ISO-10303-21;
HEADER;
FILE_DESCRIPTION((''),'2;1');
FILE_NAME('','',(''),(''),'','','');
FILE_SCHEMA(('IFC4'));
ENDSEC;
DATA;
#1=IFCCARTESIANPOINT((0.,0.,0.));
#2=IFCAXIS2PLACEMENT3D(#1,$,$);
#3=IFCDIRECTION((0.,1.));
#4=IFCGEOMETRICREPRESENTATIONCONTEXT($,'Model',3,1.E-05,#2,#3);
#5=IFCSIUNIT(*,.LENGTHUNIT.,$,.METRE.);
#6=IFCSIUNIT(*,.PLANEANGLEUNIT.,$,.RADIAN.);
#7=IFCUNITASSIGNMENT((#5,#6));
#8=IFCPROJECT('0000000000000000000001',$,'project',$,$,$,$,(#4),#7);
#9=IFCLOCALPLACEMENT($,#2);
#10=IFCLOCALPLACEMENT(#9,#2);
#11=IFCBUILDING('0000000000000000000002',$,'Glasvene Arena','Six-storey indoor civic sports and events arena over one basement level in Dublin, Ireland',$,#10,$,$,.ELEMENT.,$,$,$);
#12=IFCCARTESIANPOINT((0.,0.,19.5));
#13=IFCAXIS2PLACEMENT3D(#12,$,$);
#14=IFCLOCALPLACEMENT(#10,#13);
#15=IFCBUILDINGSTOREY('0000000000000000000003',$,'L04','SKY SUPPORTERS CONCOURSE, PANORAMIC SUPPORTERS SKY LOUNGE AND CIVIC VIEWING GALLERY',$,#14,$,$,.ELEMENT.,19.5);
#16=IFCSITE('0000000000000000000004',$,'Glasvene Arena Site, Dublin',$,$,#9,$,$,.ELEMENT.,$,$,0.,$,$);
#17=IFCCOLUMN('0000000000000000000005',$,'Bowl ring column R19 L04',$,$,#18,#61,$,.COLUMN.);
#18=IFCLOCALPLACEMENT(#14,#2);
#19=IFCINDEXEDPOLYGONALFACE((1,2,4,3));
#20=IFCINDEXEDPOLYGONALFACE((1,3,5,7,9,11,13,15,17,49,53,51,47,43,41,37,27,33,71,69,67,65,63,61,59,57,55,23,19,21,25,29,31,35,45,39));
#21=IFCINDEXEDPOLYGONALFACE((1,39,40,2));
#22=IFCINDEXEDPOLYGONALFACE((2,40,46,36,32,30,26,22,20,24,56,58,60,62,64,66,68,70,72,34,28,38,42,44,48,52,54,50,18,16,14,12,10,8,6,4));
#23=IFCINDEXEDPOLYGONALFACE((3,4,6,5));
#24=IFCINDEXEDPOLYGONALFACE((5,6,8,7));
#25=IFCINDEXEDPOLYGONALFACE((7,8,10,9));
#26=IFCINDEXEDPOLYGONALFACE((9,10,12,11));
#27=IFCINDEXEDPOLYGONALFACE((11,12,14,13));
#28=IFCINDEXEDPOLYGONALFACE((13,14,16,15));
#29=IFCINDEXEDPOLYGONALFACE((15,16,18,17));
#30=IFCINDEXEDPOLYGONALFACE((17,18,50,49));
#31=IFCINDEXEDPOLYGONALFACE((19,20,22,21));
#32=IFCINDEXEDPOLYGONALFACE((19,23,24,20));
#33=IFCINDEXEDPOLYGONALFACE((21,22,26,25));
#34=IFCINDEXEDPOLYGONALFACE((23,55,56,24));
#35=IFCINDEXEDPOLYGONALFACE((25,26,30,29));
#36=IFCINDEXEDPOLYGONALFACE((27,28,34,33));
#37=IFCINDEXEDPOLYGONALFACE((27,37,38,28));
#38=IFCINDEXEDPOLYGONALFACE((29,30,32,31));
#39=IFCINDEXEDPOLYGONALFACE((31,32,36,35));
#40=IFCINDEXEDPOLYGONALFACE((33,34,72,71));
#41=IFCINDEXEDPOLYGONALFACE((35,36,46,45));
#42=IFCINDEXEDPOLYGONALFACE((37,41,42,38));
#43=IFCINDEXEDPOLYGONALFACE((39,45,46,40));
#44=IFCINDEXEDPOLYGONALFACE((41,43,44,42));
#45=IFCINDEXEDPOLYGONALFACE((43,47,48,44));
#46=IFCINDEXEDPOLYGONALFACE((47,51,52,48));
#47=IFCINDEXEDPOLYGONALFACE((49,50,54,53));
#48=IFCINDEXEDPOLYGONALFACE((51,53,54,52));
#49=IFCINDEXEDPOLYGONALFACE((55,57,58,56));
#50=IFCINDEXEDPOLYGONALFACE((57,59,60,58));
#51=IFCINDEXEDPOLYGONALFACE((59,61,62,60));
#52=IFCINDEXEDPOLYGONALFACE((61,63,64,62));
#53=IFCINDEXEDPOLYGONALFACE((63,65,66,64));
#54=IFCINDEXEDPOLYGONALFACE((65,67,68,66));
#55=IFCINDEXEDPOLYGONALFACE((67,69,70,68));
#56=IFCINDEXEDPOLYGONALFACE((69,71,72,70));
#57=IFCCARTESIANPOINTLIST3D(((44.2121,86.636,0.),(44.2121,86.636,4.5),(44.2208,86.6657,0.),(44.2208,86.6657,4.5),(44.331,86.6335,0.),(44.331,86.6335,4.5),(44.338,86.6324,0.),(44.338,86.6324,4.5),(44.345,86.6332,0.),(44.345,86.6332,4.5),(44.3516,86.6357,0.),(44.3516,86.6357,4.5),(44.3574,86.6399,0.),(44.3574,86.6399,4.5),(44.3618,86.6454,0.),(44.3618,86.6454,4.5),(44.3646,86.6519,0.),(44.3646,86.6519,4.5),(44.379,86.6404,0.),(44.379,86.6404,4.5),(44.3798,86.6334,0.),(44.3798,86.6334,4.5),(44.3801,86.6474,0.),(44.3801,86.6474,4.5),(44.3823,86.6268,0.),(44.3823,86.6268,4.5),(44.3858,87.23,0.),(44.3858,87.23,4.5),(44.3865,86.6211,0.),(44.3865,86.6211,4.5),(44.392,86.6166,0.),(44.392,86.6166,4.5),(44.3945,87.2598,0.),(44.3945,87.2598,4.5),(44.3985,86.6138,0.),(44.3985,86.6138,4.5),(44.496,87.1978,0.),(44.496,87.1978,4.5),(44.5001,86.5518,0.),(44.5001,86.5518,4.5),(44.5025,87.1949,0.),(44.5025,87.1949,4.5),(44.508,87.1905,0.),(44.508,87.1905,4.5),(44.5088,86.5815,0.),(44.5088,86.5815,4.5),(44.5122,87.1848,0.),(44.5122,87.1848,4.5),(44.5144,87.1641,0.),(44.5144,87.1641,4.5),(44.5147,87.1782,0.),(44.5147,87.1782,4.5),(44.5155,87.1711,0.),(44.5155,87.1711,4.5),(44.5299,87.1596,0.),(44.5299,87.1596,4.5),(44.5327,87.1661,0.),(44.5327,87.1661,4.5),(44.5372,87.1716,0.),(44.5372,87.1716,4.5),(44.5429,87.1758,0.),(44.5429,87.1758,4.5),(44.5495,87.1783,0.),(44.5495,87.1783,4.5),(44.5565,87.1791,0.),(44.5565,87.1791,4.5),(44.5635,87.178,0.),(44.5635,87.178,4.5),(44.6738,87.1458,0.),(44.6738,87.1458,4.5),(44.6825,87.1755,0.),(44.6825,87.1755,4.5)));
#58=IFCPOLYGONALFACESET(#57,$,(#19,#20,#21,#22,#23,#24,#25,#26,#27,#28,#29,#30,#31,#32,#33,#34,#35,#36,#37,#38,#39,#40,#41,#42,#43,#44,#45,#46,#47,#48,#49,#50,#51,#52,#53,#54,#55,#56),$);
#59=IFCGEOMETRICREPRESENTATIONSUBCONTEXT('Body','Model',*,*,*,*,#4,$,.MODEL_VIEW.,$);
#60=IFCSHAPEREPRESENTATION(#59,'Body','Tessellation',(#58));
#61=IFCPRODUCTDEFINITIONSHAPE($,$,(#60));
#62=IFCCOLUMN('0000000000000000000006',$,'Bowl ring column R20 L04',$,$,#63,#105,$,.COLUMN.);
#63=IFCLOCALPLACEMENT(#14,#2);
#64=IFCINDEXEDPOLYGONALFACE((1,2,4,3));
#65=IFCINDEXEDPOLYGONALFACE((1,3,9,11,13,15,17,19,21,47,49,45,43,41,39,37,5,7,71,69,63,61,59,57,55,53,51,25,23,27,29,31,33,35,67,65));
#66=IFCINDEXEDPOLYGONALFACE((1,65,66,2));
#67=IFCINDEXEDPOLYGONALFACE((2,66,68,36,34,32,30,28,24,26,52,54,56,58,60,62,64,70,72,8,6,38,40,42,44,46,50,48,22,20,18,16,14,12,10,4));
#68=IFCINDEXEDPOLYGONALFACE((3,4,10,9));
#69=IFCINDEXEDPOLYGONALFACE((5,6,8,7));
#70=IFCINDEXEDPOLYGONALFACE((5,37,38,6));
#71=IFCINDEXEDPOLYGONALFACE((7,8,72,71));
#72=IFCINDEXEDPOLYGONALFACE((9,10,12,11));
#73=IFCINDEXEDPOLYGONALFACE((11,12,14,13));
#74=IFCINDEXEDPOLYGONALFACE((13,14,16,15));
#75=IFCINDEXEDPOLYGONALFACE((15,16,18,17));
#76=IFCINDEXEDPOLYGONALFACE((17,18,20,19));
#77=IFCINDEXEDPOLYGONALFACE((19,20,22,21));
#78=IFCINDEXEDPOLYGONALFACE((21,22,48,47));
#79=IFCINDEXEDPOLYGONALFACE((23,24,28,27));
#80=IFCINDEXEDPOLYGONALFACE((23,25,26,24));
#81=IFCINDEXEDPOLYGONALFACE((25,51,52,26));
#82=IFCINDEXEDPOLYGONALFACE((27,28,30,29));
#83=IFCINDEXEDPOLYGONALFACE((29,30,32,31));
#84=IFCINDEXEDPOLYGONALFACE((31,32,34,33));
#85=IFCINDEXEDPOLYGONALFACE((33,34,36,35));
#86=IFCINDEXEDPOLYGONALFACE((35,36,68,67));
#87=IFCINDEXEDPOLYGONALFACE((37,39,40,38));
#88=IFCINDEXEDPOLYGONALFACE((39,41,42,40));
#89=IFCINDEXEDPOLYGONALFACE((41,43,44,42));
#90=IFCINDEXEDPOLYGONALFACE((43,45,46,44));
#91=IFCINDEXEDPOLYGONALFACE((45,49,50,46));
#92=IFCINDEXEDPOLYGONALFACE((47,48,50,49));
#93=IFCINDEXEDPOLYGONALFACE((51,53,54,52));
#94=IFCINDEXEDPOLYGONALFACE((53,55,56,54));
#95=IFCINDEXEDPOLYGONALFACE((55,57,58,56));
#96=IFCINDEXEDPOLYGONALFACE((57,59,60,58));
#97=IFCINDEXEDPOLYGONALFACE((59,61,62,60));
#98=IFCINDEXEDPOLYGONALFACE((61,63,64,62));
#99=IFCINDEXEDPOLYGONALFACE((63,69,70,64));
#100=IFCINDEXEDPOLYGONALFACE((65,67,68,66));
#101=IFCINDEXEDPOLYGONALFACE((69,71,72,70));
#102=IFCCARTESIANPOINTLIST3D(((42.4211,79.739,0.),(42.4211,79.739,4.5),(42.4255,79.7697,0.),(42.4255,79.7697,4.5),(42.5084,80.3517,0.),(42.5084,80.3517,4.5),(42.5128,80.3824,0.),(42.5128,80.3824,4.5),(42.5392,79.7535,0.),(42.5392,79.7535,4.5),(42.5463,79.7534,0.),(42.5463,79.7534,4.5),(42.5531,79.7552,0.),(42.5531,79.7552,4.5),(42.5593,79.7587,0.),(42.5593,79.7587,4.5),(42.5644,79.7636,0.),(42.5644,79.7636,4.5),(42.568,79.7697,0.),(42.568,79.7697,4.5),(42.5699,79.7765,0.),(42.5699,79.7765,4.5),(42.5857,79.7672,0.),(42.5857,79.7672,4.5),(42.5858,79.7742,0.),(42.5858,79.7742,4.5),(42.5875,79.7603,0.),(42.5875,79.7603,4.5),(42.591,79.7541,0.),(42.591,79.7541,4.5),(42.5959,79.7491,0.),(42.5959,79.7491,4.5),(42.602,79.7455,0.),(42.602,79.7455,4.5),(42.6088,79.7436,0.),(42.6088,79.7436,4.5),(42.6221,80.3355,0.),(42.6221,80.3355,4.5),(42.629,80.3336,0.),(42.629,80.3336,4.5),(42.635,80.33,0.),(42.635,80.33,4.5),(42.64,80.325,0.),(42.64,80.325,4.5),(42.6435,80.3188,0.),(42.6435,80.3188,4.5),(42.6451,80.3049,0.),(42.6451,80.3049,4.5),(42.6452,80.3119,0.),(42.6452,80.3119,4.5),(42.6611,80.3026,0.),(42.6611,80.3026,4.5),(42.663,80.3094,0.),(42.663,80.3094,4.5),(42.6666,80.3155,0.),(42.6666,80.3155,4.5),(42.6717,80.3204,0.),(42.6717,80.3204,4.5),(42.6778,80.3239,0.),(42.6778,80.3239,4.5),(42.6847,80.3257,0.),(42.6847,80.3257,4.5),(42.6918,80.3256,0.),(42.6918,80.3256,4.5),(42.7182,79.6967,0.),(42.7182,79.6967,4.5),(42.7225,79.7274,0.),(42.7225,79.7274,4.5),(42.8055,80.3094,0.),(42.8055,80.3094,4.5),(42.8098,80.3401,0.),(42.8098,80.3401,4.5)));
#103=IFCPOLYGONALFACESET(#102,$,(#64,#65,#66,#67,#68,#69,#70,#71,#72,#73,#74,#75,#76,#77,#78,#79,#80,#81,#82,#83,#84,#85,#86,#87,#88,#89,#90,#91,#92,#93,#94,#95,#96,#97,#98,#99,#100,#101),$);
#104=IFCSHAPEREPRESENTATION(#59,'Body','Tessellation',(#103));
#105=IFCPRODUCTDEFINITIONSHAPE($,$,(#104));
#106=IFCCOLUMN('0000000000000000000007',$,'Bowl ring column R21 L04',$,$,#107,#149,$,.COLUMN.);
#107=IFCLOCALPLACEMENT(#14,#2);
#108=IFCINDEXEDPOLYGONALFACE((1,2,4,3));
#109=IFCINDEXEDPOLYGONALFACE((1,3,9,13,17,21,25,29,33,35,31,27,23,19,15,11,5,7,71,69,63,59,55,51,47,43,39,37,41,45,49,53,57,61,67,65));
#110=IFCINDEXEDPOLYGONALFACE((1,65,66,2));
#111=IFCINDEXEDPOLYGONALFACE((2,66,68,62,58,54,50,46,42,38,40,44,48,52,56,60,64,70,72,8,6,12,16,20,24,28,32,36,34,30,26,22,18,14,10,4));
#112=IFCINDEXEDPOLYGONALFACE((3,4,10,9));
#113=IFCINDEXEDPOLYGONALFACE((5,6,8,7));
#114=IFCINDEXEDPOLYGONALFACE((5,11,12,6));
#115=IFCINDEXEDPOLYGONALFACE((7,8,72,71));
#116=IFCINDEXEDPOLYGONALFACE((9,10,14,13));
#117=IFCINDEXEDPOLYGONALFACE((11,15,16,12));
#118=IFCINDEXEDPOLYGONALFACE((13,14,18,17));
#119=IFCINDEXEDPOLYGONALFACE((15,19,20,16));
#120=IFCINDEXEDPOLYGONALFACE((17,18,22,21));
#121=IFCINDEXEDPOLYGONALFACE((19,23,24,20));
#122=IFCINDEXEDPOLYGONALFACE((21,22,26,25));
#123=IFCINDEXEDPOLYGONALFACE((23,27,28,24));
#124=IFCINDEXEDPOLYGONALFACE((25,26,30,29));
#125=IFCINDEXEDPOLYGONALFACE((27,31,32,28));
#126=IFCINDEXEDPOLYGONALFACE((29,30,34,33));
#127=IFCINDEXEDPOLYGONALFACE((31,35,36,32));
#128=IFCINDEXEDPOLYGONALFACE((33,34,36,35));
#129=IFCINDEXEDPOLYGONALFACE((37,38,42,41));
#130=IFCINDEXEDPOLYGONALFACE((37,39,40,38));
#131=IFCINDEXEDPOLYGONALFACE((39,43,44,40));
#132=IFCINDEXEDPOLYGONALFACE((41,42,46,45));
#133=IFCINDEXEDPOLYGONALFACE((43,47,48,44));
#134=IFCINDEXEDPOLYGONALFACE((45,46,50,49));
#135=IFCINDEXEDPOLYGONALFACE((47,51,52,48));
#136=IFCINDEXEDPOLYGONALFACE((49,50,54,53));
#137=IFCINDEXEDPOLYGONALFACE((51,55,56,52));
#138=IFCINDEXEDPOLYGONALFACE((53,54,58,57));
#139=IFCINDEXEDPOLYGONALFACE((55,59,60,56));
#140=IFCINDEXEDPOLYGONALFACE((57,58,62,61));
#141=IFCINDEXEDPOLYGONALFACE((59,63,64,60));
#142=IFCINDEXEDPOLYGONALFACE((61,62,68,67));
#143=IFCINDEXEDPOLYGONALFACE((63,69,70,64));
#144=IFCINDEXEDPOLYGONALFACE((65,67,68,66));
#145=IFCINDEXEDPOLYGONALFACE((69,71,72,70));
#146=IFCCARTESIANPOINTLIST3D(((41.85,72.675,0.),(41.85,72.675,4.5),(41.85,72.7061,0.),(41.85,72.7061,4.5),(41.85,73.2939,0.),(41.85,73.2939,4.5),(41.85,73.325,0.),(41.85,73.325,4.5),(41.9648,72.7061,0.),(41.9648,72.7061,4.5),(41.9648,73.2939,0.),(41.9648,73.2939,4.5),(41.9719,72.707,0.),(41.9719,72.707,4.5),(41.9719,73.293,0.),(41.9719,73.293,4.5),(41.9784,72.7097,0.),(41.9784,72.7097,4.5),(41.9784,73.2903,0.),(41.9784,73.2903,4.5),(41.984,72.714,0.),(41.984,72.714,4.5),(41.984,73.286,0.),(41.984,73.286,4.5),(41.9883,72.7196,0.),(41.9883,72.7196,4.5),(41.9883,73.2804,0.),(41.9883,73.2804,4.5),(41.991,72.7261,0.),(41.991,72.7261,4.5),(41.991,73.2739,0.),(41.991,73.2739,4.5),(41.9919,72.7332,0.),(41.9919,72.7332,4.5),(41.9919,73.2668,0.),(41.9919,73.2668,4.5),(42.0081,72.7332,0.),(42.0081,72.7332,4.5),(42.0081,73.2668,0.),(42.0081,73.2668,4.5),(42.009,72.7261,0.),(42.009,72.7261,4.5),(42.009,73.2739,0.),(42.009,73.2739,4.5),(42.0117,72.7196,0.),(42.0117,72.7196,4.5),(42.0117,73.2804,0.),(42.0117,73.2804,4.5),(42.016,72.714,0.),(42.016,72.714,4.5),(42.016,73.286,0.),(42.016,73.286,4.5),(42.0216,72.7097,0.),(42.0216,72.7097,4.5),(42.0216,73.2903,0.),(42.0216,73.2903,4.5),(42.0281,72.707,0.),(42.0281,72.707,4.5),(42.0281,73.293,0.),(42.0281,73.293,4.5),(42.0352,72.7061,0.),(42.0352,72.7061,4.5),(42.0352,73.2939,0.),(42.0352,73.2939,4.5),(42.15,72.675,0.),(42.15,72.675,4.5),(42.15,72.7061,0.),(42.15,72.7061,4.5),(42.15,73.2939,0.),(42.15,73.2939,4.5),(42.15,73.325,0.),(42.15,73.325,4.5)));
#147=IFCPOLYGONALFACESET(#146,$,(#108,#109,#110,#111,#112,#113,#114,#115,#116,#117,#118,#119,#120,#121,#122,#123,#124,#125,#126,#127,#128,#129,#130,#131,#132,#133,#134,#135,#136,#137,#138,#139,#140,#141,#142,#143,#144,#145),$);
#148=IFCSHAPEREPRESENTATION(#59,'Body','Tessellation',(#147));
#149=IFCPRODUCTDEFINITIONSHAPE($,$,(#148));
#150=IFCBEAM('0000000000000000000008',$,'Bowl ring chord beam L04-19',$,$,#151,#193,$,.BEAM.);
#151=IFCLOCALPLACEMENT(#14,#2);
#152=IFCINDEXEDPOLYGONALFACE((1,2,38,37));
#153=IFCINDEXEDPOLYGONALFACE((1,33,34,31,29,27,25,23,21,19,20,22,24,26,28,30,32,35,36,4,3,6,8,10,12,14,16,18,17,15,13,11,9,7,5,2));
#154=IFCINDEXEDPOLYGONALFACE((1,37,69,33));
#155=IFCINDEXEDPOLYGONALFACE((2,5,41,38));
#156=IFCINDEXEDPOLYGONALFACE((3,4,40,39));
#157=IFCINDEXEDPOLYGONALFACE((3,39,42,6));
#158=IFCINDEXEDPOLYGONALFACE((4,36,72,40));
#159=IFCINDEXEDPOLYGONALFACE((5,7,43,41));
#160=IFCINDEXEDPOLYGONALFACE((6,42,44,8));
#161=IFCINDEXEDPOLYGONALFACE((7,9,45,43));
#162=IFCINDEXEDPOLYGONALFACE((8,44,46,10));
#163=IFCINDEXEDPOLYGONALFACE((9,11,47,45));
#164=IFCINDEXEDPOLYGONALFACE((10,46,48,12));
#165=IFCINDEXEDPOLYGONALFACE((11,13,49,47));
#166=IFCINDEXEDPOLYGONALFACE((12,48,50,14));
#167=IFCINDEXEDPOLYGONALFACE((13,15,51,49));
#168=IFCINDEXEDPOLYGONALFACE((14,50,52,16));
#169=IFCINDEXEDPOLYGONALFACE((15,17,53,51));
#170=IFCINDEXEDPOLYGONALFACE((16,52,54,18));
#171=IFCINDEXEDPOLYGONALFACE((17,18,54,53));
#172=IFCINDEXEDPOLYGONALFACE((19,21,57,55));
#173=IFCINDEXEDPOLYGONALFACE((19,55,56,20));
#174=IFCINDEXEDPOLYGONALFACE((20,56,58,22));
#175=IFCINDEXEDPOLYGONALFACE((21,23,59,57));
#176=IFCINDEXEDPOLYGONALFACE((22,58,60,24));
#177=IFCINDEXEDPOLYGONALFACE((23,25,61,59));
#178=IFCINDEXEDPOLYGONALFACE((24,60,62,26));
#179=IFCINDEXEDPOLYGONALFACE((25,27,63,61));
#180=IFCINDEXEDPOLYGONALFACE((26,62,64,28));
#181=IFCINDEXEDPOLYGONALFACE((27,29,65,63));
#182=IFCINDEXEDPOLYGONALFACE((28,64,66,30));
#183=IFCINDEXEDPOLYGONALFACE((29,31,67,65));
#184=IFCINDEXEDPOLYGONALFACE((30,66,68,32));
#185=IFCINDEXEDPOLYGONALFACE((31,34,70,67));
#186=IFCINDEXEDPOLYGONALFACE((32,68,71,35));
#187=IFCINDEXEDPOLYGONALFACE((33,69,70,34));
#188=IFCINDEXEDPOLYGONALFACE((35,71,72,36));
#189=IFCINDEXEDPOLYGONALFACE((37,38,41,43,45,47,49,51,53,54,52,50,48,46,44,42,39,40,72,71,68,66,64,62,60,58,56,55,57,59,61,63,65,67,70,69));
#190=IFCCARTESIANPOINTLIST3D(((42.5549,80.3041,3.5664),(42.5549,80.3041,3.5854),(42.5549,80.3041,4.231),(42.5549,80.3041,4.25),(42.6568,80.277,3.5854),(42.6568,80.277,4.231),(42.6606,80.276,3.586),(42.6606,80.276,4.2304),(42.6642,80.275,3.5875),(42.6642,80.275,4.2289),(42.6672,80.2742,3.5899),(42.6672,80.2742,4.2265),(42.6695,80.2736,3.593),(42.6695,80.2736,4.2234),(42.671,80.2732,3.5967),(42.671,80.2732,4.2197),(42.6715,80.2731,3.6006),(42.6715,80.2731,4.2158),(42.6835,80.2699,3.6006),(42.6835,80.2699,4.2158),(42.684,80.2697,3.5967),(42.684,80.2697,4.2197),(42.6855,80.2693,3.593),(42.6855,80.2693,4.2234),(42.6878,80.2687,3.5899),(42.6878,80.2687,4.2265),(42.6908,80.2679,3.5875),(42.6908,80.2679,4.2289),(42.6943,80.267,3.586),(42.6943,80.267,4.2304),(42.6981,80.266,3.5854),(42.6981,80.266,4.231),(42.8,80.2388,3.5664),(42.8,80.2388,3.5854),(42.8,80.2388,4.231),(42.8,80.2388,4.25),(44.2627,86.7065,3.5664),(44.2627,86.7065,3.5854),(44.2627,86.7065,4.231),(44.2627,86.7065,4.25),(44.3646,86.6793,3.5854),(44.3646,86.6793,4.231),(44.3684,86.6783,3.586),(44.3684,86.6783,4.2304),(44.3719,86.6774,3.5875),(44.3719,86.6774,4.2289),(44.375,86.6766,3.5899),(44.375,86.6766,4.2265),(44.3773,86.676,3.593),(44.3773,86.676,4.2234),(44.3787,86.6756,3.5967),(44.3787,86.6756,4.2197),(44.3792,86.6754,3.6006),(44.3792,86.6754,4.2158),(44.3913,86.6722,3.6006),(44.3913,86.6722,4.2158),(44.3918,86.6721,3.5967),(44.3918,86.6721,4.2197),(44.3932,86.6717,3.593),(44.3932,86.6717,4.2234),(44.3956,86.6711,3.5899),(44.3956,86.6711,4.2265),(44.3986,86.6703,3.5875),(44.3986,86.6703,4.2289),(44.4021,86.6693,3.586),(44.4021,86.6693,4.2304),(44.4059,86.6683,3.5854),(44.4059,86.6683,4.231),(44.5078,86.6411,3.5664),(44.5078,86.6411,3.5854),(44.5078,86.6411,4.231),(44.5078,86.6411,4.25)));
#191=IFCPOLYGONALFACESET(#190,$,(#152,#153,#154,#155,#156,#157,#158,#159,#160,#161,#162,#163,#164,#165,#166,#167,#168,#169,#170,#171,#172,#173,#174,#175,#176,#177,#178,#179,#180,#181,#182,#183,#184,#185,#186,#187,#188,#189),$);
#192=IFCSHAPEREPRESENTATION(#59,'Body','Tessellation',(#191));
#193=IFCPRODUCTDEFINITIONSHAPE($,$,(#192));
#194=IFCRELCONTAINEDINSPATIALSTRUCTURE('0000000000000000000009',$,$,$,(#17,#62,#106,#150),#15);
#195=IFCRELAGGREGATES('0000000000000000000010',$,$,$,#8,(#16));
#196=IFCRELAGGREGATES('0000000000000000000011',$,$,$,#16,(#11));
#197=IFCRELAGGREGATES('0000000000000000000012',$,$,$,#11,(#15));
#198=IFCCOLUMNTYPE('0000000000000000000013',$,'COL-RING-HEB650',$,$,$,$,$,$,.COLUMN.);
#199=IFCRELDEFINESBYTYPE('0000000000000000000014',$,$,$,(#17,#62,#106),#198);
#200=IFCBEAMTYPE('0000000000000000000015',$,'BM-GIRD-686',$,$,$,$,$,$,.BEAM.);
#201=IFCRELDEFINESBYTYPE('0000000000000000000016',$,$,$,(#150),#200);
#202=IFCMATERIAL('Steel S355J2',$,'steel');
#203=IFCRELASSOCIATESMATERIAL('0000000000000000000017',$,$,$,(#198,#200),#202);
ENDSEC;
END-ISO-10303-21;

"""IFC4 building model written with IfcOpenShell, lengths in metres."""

from ifc_helpers import new_model, si_unit, direction, frame, origin, origin_2d, place, context, subcontext, project, spatial, i_section, extrude, material, material_profile, profile_set, type_object, element, save


model = new_model("IFC4")

# Units and contexts
model_context = context("Model", 3, precision=1e-05, world=origin(), true_north=direction((0.0, 1.0)))
body_context = subcontext(model_context, "Body", "Model", "MODEL_VIEW")
ifc_project = project(units=[si_unit("LENGTHUNIT", "METRE"), si_unit("PLANEANGLEUNIT", "RADIAN")], contexts=[model_context])

# Site, building, storey
site_placement = place(None, origin())
site = spatial("IfcSite", under=ifc_project, at=site_placement, Name="Glasvene Arena Site, Dublin", CompositionType="ELEMENT", RefElevation=0.0)
building_placement = place(site_placement, origin())
building = spatial("IfcBuilding", under=site, at=building_placement, Name="Glasvene Arena", Description="Six-storey indoor civic sports and events arena over one basement level in Dublin, Ireland", CompositionType="ELEMENT")
storey_placement = place(building_placement, frame((0.0, 0.0, 19.5)))
storey = spatial("IfcBuildingStorey", under=building, at=storey_placement, Name="L04", Description="SKY SUPPORTERS CONCOURSE, PANORAMIC SUPPORTERS SKY LOUNGE AND CIVIC VIEWING GALLERY", CompositionType="ELEMENT", Elevation=19.5)

# Columns
ifc_material_1 = material(Name="Steel S355J2", Category="steel")
ifc_material_profile_1 = material_profile(ifc_material_1, i_section(OverallWidth=0.3, OverallDepth=0.6499, WebThickness=0.0161, FlangeThickness=0.031, FilletRadius=0.0271, at=origin_2d()), Name="HEB 650")
ifc_profile_set_1 = profile_set([ifc_material_profile_1], Name="Steel S355J2")
column_type = type_object("IfcColumnType", Name="COL-RING-HEB650", PredefinedType="COLUMN", material=ifc_profile_set_1)
for number, where, z_axis, x_axis, name in (
    (1, (44.4473, 86.9058, 0.0), (0.0, 0.0, 1.0), (-0.959805, 0.280667, 0.0), "Bowl ring column R19 L04"),
    (2, (42.6155, 80.0396, 0.0), (0.0, 0.0, 1.0), (-0.989999, 0.141074, 0.0), "Bowl ring column R20 L04"),
    (3, (42.0, 73.0, 0.0), (0.0, 0.0, 1.0), (-1.0, 0.0, 0.0), "Bowl ring column R21 L04"),
):
    element("IfcColumn", number, at=place(storey_placement, frame(where, z_axis=z_axis, x_axis=x_axis)), inside=storey, type_object=column_type, Name=name, PredefinedType="COLUMN", context=body_context, shape_type="SweptSolid", body=[
        extrude(i_section(OverallWidth=0.3, OverallDepth=0.6499, WebThickness=0.0161, FlangeThickness=0.031, FilletRadius=0.0271, at=origin_2d()), origin(), (0.0, 0.0, 1.0), 4.5),
    ])

# Beam
ifc_material_profile_2 = material_profile(ifc_material_1, i_section(OverallWidth=0.2537, OverallDepth=0.6836, WebThickness=0.0125, FlangeThickness=0.019, FilletRadius=0.0151, at=origin_2d()), Name="UKB 686x254x140")
ifc_profile_set_2 = profile_set([ifc_material_profile_2], Name="Steel S355J2")
beam_type = type_object("IfcBeamType", Name="BM-GIRD-686", PredefinedType="BEAM", material=ifc_profile_set_2)
beam_placement = place(storey_placement, frame((44.3853, 86.6738, 3.9082), z_axis=(-0.257729, -0.966217, 0.0), x_axis=(0.966217, -0.257729, 0.0)))
element("IfcBeam", 4, at=beam_placement, inside=storey, type_object=beam_type, Name="Bowl ring chord beam L04-19", PredefinedType="BEAM", context=body_context, shape_type="SweptSolid", body=[
    extrude(i_section(OverallWidth=0.2537, OverallDepth=0.6836, WebThickness=0.0125, FlangeThickness=0.019, FilletRadius=0.0151, at=origin_2d()), origin(), (0.0, 0.0, 1.0), 6.6262),
])

save(model, "model.ifc")
